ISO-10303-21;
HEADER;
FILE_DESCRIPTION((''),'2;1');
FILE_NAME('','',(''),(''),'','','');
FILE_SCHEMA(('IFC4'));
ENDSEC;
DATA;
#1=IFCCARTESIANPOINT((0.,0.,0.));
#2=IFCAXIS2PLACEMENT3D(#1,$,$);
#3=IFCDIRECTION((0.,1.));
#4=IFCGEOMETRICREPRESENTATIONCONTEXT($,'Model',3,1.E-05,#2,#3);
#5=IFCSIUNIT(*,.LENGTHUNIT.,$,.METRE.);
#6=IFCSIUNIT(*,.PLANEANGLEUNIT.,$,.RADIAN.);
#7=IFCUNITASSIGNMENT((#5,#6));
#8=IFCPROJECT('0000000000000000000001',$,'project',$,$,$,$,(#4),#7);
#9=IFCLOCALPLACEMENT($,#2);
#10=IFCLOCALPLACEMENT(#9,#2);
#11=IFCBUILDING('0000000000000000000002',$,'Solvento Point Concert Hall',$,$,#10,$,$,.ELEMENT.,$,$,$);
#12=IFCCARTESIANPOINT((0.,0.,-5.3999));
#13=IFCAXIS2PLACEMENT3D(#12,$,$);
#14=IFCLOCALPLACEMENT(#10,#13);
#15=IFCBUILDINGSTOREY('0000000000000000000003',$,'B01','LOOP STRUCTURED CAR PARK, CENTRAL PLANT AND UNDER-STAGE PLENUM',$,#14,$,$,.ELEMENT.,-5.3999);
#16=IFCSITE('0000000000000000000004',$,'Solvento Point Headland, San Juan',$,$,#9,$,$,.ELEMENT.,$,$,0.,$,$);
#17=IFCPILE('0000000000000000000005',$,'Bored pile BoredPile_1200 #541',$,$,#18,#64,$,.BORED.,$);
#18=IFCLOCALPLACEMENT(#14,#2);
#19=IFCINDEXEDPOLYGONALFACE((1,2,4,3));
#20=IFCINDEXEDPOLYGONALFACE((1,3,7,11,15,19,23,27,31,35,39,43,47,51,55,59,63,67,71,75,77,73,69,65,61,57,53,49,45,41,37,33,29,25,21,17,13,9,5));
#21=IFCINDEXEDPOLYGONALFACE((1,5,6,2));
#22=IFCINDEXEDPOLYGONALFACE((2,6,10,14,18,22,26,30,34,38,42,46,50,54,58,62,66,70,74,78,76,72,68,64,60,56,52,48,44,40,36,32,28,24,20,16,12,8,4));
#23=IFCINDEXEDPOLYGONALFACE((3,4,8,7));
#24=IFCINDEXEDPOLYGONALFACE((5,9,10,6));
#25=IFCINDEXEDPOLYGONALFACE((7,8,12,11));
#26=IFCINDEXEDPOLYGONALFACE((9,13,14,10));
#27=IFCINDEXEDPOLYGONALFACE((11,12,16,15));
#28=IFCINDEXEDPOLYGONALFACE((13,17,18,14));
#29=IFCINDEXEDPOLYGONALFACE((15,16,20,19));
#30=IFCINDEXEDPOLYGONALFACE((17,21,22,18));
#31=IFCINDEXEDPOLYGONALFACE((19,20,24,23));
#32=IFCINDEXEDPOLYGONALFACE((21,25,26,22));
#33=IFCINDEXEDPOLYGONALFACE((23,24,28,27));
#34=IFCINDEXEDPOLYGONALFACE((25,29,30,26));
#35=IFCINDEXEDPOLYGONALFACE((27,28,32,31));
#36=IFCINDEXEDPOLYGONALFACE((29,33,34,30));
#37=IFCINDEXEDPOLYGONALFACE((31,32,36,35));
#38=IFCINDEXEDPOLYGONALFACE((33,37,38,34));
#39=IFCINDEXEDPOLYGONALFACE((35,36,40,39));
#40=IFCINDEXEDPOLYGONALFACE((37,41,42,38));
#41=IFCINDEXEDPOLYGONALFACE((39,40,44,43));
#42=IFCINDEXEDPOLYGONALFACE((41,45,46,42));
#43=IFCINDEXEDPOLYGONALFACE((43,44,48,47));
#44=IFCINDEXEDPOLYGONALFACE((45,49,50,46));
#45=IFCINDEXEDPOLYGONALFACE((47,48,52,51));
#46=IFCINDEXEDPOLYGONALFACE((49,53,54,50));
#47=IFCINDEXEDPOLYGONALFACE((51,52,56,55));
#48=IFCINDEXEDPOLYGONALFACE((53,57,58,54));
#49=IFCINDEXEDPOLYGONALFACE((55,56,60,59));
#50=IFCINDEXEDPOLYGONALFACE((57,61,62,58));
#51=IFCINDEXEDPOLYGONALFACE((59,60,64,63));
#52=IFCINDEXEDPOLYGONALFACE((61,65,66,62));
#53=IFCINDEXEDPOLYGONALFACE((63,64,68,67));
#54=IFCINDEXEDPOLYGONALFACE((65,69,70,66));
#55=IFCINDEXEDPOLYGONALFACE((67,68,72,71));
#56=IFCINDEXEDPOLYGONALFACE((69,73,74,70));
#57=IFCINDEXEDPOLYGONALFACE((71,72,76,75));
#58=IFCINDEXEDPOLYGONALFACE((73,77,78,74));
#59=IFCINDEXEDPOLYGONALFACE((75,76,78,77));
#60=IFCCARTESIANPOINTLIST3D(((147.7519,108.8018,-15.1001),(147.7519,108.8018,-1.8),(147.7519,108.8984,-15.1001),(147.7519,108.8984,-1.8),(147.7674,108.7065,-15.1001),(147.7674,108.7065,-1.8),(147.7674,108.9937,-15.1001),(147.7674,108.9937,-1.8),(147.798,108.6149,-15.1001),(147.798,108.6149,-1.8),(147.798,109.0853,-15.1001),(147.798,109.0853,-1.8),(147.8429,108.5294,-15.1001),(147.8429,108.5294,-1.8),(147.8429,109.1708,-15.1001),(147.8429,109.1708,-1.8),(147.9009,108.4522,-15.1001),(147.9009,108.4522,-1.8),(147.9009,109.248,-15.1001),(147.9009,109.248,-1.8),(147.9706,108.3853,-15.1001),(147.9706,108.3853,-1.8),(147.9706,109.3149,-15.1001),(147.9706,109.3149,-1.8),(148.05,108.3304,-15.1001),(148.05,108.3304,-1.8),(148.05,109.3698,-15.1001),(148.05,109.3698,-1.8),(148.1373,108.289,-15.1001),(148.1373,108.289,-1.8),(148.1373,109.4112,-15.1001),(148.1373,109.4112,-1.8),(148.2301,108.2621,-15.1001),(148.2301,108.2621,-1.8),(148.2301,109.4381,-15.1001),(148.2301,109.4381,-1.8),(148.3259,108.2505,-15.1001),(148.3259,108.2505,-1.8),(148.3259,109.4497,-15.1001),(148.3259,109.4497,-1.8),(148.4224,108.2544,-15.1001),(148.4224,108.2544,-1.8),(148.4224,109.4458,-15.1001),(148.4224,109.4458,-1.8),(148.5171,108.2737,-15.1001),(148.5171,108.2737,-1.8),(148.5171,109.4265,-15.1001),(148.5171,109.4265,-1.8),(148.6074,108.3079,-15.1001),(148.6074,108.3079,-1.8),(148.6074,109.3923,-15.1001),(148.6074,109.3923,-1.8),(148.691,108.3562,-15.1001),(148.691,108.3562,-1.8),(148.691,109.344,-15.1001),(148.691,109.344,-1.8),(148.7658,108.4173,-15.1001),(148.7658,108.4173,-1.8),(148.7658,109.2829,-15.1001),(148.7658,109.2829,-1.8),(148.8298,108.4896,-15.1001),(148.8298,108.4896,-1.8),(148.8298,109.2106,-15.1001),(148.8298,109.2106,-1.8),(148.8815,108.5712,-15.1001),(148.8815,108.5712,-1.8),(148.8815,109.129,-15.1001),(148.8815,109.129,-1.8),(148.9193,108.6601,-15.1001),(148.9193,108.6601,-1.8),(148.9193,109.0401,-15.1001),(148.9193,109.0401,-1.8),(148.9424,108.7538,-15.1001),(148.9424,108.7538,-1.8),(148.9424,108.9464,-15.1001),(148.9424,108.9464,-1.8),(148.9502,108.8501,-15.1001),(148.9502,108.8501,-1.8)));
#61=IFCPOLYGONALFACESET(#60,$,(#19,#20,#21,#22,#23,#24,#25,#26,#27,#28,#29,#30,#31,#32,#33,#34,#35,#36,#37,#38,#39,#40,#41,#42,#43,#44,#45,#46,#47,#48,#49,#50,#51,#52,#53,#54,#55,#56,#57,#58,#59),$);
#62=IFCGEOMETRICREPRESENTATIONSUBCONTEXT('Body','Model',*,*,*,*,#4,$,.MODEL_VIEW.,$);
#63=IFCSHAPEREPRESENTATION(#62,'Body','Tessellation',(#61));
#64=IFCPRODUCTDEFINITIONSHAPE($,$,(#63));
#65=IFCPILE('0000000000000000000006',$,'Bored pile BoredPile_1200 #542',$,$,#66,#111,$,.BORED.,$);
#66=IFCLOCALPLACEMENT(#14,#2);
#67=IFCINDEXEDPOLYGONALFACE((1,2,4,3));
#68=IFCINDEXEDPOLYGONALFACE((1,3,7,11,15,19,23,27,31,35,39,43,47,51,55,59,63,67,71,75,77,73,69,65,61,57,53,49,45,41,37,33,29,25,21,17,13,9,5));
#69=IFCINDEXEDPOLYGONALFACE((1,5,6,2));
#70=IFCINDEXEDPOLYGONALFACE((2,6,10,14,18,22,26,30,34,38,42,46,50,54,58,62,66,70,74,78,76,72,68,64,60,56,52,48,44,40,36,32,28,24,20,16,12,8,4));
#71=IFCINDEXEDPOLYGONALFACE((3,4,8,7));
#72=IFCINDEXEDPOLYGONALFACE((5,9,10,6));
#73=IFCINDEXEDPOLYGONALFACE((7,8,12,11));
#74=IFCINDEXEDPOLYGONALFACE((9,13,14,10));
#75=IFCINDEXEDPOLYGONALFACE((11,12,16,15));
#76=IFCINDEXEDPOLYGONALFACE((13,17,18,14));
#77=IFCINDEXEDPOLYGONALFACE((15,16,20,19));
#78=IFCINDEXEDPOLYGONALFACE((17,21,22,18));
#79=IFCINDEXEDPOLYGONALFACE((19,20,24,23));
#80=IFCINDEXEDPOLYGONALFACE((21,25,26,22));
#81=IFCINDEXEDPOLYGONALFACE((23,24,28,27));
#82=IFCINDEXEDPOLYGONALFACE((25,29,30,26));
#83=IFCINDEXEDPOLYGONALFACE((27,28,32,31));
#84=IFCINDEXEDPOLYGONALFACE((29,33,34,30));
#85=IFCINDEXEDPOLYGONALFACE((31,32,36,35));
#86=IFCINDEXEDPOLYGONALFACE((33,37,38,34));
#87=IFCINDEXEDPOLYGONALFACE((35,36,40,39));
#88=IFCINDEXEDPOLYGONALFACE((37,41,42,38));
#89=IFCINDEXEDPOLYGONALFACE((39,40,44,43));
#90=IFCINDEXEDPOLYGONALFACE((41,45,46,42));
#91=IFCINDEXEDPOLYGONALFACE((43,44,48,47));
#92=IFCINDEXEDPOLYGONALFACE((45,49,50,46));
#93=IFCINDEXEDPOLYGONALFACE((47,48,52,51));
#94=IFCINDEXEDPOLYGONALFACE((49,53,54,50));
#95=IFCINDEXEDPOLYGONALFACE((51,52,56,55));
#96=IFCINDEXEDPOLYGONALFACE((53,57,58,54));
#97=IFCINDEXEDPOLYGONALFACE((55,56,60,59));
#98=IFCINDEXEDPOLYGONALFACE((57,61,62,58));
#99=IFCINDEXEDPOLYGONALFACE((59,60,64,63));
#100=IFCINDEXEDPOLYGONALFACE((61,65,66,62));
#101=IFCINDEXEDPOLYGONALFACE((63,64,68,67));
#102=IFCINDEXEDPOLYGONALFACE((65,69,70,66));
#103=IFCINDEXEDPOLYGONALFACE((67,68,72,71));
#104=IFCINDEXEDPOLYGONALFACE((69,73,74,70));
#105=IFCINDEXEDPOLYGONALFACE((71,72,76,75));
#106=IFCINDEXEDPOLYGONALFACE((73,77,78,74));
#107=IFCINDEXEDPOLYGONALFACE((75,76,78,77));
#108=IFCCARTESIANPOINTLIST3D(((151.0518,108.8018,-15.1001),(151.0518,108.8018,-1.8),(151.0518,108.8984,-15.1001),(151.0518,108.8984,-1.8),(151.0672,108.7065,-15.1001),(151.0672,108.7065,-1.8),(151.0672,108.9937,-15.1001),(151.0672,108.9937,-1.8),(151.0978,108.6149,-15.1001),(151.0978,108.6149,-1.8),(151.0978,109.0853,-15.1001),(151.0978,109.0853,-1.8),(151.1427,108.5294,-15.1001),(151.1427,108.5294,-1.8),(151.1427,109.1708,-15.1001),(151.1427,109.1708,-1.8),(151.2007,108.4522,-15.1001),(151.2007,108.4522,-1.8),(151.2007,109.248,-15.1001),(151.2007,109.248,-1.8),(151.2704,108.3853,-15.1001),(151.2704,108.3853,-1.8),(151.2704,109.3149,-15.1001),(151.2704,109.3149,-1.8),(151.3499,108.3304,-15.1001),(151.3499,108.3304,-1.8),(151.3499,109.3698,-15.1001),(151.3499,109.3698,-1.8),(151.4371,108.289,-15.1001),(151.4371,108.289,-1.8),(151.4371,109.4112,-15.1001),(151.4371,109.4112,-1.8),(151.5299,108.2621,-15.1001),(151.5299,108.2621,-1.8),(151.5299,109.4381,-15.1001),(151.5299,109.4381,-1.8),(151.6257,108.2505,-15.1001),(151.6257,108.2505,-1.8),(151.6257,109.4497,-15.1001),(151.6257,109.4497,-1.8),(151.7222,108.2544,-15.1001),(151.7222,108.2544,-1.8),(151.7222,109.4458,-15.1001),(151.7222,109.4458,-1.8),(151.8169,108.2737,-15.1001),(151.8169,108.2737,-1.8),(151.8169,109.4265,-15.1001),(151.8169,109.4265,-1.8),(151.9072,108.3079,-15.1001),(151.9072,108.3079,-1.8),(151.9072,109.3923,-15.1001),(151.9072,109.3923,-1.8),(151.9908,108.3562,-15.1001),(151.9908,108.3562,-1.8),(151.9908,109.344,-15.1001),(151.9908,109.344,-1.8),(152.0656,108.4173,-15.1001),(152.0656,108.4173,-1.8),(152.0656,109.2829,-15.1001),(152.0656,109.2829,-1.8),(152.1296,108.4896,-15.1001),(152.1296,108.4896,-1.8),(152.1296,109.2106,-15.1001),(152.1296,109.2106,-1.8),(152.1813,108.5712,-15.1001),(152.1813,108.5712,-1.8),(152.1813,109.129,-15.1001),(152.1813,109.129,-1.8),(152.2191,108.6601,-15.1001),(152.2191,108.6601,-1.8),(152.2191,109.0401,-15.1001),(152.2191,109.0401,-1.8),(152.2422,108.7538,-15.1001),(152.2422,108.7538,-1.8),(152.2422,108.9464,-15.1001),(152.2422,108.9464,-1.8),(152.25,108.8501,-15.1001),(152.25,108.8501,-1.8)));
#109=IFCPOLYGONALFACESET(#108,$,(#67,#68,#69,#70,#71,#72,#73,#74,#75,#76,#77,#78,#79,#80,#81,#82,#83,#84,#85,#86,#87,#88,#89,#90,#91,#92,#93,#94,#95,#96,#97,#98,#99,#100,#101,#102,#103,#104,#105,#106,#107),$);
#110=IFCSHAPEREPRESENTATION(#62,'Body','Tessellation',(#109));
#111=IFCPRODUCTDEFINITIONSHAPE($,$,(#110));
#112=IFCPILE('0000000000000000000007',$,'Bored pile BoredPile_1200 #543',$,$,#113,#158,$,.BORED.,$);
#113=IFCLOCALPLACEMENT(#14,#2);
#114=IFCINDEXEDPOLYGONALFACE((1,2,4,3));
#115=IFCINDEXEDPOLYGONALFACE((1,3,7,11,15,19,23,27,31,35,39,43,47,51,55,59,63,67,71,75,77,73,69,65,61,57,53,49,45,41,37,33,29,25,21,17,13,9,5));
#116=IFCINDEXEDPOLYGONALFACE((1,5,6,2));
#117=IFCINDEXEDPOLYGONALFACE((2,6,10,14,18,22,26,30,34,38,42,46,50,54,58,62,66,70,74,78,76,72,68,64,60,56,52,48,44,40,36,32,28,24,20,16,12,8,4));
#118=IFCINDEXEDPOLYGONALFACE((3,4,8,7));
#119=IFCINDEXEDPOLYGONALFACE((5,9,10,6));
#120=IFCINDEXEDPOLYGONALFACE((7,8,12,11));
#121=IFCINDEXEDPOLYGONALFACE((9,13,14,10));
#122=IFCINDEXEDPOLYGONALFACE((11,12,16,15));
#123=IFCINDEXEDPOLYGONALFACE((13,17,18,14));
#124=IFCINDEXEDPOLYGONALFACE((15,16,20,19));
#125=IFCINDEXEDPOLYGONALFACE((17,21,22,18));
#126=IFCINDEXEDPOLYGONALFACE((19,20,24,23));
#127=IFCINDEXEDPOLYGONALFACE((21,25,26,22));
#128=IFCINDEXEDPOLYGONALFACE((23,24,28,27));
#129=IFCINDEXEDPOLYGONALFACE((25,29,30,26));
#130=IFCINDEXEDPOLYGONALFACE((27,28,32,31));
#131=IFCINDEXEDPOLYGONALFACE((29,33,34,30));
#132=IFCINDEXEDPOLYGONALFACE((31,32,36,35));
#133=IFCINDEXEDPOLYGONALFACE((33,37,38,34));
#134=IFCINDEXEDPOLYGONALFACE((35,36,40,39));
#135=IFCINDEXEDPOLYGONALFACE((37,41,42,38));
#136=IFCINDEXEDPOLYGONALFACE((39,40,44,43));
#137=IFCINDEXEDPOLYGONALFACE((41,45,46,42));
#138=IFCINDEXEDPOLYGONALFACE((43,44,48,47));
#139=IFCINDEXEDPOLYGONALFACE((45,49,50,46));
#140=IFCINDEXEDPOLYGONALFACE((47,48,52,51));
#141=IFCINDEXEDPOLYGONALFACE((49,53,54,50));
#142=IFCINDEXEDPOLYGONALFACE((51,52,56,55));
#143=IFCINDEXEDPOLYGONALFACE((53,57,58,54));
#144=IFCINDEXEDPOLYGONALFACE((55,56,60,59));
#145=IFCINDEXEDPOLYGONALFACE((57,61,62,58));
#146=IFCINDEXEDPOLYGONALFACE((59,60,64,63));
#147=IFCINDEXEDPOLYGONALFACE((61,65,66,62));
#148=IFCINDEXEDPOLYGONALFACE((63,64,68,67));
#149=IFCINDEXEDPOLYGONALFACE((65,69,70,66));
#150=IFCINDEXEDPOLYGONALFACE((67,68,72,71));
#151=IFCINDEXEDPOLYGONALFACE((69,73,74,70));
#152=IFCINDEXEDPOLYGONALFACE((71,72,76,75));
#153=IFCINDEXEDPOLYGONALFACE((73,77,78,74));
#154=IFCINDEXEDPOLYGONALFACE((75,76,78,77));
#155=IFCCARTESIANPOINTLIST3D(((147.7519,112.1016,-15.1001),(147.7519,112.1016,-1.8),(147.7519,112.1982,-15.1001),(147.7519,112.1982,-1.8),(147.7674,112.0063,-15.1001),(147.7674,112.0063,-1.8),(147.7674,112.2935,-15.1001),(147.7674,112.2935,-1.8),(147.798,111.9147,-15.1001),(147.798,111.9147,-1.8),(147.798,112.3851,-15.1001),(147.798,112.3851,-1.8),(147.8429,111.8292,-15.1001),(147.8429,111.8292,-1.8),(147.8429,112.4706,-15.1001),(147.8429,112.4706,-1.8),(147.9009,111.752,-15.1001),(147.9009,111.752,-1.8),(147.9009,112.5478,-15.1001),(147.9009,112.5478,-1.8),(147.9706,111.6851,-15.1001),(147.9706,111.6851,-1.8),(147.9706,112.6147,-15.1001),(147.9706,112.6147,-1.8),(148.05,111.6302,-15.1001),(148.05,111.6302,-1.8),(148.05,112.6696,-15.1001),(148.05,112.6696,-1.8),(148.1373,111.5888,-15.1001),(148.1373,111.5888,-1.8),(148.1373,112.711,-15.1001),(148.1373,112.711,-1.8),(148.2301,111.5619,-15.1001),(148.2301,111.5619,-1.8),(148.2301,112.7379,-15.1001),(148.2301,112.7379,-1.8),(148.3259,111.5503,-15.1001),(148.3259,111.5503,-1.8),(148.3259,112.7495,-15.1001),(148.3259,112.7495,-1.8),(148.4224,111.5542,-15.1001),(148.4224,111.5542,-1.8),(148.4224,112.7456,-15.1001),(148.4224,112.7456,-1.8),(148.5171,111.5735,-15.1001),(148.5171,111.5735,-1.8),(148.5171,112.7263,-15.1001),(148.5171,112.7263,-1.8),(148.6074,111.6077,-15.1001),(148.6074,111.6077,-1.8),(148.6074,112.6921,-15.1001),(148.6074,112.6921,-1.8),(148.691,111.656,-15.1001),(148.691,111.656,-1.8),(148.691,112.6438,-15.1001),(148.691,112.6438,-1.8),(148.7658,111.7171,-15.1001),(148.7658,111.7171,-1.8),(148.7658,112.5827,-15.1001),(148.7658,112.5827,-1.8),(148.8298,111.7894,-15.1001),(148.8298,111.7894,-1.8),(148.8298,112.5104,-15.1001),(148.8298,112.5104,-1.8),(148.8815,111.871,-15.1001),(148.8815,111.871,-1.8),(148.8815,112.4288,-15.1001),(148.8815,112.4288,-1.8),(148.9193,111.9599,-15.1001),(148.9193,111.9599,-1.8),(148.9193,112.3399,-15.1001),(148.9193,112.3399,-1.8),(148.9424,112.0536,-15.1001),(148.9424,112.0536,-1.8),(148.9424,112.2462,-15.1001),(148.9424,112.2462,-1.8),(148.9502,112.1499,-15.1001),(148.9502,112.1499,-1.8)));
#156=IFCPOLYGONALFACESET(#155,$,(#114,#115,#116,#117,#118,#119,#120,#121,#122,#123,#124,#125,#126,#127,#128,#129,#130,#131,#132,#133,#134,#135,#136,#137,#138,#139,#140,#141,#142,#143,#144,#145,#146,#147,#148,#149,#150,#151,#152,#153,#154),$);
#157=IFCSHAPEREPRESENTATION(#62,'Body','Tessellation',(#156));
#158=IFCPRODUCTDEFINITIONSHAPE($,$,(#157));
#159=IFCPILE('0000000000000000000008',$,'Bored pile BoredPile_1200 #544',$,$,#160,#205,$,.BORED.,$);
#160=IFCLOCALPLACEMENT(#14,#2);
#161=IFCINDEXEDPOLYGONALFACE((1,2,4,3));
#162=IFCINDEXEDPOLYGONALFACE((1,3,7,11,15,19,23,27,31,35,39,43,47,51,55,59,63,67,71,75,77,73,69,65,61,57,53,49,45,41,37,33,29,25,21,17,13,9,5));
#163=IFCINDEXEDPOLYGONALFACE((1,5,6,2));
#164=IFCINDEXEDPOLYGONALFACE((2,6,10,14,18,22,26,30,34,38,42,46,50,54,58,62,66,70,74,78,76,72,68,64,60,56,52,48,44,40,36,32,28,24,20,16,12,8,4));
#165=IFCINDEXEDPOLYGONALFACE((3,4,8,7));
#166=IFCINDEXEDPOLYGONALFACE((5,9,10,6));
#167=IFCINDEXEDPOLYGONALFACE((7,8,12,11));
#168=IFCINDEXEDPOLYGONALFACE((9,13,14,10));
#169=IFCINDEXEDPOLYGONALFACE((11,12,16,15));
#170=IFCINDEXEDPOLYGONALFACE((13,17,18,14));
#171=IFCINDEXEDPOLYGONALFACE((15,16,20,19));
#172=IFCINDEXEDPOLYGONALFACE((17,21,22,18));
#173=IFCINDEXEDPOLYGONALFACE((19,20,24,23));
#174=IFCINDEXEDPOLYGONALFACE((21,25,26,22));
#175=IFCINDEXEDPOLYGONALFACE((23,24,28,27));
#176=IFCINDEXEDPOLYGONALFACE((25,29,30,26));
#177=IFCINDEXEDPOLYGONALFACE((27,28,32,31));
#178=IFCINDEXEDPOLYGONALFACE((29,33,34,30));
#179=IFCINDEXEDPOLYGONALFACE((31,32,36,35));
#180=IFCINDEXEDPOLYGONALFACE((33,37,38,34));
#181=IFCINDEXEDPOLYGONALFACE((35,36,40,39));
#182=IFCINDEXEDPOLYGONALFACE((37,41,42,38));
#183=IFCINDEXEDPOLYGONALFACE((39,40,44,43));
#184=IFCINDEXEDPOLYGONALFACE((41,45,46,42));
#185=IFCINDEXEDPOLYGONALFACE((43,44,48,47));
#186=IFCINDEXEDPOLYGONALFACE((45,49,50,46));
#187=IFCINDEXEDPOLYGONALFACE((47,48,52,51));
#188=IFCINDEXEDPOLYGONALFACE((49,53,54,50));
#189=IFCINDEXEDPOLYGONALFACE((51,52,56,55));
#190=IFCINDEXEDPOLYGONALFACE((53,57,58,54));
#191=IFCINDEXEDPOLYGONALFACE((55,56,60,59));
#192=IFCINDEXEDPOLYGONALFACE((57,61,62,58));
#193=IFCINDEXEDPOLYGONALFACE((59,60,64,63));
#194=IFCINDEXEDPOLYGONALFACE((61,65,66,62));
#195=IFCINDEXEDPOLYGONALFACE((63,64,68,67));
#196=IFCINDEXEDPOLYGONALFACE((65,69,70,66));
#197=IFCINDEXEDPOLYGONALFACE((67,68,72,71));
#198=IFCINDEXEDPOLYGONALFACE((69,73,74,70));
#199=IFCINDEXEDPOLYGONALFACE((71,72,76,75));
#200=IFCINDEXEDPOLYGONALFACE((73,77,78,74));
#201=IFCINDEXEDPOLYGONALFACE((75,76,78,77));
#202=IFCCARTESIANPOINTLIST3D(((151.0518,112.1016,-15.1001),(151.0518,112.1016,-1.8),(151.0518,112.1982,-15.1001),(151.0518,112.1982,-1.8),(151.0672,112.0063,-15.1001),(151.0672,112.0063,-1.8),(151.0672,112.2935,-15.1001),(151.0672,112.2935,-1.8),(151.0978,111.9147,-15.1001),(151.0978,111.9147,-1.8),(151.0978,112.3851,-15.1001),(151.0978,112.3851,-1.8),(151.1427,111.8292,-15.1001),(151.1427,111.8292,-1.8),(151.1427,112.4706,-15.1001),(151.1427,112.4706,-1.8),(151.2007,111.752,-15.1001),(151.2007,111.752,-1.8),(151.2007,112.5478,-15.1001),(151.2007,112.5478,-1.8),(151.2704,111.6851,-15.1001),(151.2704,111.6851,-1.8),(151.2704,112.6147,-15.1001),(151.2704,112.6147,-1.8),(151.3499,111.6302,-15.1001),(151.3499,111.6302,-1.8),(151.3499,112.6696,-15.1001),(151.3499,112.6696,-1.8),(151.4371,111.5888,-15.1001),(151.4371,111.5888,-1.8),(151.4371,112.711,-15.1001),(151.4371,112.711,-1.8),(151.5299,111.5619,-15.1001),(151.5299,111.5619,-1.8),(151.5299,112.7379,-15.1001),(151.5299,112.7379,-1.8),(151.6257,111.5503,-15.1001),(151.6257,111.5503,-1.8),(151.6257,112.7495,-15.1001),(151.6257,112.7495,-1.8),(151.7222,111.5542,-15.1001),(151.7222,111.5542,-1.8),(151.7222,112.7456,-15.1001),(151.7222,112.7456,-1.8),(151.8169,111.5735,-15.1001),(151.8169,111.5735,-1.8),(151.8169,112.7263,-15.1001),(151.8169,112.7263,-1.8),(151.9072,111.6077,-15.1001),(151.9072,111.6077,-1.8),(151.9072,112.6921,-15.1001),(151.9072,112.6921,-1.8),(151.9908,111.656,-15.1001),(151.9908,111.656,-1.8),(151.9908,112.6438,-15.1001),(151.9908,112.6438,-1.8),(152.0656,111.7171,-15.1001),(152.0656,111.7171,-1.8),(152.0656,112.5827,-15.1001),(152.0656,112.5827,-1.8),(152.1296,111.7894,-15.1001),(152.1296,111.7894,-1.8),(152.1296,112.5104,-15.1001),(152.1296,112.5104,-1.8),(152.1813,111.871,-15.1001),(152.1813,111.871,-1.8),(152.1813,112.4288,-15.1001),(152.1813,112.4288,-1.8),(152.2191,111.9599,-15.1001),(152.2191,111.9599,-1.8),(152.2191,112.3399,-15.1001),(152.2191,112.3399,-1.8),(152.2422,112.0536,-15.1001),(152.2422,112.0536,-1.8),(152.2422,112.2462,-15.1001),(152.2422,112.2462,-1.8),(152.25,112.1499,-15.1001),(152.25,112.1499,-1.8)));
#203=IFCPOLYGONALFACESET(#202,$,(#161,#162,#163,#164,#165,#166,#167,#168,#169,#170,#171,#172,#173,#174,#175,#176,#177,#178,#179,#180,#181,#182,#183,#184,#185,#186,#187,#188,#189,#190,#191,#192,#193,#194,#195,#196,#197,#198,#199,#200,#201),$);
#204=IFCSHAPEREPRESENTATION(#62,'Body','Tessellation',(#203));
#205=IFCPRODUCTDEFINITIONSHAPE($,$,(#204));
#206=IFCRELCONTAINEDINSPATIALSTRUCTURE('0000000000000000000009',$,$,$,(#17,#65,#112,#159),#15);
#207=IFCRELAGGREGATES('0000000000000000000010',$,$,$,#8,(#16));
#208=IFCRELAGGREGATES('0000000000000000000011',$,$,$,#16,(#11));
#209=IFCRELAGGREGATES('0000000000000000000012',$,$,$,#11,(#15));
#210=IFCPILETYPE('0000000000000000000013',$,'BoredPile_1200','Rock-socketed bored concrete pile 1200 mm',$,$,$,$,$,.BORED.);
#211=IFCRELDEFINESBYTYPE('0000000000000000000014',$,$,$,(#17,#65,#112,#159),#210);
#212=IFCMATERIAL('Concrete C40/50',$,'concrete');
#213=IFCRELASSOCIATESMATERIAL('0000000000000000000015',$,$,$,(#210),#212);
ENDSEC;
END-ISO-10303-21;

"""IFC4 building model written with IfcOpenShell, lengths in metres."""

from ifc_helpers import new_model, si_unit, direction, frame, origin, origin_2d, place, context, subcontext, project, spatial, circle, extrude, material, material_profile, profile_set, type_object, element, save


model = new_model("IFC4")

# Units and contexts
model_context = context("Model", 3, precision=1e-05, world=origin(), true_north=direction((0.0, 1.0)))
body_context = subcontext(model_context, "Body", "Model", "MODEL_VIEW")
ifc_project = project(units=[si_unit("LENGTHUNIT", "METRE"), si_unit("PLANEANGLEUNIT", "RADIAN")], contexts=[model_context])

# Site, building, storey
site_placement = place(None, origin())
site = spatial("IfcSite", under=ifc_project, at=site_placement, Name="Solvento Point Headland, San Juan", CompositionType="ELEMENT", RefElevation=0.0)
building_placement = place(site_placement, origin())
building = spatial("IfcBuilding", under=site, at=building_placement, Name="Solvento Point Concert Hall", CompositionType="ELEMENT")
storey_placement = place(building_placement, frame((0.0, 0.0, -5.3999)))
storey = spatial("IfcBuildingStorey", under=building, at=storey_placement, Name="B01", Description="LOOP STRUCTURED CAR PARK, CENTRAL PLANT AND UNDER-STAGE PLENUM", CompositionType="ELEMENT", Elevation=-5.3999)

# Piles
ifc_material_1 = material(Name="Concrete C40/50", Category="concrete")
ifc_material_profile_1 = material_profile(ifc_material_1, circle(Radius=0.6001, at=origin_2d()), Name="BP-1200")
ifc_profile_set_1 = profile_set([ifc_material_profile_1], Name="Concrete C40/50")
pile_type_1 = type_object("IfcPileType", Name="BoredPile_1200", Description="Rock-socketed bored concrete pile 1200 mm", PredefinedType="BORED", material=ifc_profile_set_1)
for number, where, z_axis, x_axis, name in (
    (1, (148.3501, 108.8501, -1.8), (0.0, 0.0, -1.0), (1.0, 0.0, 0.0), "Bored pile BoredPile_1200 #541"),
    (2, (151.6499, 108.8501, -1.8), (0.0, 0.0, -1.0), (1.0, 0.0, 0.0), "Bored pile BoredPile_1200 #542"),
    (3, (148.3501, 112.1499, -1.8), (0.0, 0.0, -1.0), (1.0, 0.0, 0.0), "Bored pile BoredPile_1200 #543"),
    (4, (151.6499, 112.1499, -1.8), (0.0, 0.0, -1.0), (1.0, 0.0, 0.0), "Bored pile BoredPile_1200 #544"),
):
    element("IfcPile", number, at=place(storey_placement, frame(where, z_axis=z_axis, x_axis=x_axis)), inside=storey, type_object=pile_type_1, Name=name, PredefinedType="BORED", context=body_context, shape_type="SweptSolid", body=[
        extrude(circle(Radius=0.6001, at=origin_2d()), origin(), (0.0, 0.0, 1.0), 13.3),
    ])

save(model, "model.ifc")
